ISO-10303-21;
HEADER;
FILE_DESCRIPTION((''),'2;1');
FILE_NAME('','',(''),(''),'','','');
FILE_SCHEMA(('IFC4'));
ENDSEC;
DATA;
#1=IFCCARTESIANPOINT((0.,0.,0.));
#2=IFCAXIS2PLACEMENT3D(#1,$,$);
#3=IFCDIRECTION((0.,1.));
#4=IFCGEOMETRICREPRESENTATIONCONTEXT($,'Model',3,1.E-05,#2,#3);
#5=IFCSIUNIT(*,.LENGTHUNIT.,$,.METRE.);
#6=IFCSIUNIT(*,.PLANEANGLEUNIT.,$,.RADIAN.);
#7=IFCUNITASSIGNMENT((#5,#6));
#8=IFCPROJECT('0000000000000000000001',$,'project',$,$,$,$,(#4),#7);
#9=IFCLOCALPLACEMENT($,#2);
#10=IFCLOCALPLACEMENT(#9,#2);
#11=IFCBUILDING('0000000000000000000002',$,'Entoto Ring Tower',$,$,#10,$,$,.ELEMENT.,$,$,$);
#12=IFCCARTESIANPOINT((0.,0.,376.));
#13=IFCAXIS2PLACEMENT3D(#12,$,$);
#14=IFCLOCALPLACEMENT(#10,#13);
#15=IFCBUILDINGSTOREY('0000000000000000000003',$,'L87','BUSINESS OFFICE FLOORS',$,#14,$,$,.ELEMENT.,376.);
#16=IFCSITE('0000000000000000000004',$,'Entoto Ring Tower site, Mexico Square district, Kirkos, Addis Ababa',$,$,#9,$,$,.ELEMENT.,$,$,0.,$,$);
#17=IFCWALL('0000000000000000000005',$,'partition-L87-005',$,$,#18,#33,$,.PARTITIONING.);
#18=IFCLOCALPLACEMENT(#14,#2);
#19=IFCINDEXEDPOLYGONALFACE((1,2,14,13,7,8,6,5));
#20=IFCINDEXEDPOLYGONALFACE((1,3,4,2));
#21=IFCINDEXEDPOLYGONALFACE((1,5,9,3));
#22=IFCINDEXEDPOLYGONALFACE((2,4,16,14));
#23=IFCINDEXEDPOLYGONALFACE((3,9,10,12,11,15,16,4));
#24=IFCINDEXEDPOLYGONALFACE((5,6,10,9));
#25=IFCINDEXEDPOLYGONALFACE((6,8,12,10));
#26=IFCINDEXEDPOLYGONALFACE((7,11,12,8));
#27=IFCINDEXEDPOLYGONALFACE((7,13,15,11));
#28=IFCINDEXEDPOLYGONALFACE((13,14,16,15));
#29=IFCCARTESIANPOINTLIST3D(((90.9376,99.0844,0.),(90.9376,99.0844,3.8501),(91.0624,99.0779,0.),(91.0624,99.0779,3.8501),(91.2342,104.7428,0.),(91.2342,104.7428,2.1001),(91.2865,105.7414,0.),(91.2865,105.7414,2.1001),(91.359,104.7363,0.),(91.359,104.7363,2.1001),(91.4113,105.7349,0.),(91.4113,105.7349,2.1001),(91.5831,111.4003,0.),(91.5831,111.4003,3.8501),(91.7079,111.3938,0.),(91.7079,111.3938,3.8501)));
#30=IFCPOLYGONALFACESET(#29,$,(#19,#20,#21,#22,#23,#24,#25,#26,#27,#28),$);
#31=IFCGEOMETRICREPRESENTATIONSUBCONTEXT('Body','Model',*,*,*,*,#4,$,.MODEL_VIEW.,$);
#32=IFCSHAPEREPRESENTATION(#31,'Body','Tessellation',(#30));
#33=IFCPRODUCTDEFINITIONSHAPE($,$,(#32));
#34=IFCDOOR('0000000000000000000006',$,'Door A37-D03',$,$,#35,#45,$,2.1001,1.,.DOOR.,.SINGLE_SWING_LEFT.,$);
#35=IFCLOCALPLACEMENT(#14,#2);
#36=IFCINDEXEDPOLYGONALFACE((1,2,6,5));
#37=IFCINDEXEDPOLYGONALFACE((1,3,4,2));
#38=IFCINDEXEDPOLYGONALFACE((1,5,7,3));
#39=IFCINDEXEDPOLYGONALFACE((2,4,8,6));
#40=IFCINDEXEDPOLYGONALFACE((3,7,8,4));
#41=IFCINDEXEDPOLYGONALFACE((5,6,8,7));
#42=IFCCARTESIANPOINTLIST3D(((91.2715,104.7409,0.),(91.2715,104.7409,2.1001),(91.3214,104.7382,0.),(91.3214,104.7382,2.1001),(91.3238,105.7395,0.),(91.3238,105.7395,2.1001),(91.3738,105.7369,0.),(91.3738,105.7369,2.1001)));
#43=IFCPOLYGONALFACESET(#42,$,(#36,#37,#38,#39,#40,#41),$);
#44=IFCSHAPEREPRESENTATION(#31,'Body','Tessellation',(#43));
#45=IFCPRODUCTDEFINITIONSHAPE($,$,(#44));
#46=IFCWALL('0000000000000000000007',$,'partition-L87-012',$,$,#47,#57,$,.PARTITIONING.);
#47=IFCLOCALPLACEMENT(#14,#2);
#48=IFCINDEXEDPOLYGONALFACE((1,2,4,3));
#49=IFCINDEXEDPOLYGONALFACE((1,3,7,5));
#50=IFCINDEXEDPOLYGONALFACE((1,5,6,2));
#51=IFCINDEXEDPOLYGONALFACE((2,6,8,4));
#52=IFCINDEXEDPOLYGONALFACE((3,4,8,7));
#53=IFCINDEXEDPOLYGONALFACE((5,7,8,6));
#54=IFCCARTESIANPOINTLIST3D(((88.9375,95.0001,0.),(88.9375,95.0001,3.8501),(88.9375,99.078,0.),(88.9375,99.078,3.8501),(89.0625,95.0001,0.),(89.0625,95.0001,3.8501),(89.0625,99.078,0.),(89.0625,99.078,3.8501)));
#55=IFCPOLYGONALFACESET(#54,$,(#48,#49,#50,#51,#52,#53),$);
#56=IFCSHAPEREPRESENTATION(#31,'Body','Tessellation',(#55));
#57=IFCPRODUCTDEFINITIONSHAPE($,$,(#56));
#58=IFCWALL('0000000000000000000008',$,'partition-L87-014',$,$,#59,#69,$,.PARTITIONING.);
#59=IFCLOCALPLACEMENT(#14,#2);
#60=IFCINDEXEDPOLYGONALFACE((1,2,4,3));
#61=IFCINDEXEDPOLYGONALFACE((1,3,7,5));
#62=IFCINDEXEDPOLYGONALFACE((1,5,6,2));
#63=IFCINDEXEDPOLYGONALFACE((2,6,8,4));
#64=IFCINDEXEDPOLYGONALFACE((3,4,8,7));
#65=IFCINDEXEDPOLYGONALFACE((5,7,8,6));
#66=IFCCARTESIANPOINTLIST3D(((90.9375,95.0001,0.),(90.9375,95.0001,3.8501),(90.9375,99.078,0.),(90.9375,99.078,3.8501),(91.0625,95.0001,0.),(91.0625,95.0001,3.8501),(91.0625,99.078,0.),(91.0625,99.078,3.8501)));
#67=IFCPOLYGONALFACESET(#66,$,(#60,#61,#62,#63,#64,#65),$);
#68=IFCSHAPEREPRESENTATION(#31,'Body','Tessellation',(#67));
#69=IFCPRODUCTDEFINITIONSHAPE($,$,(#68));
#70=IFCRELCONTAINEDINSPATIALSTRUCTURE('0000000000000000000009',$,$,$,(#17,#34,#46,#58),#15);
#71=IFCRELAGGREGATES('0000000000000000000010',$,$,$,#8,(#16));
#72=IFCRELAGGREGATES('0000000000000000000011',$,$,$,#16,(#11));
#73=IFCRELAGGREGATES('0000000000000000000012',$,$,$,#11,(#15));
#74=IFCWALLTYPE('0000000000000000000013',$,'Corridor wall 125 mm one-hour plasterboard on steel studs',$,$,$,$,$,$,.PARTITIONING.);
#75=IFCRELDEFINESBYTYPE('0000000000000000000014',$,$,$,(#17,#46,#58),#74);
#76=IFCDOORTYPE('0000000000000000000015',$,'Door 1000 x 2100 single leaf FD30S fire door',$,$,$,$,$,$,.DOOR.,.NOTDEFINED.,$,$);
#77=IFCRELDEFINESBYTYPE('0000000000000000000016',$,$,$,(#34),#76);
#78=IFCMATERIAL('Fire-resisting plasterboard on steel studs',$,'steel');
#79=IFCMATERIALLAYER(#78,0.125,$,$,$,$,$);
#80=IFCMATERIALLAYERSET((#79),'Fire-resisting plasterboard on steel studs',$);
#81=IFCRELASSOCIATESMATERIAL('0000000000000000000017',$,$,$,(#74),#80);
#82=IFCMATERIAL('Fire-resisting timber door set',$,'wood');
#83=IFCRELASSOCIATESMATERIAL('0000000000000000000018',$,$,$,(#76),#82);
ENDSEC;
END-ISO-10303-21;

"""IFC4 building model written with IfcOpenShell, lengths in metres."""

from ifc_helpers import new_model, si_unit, direction, frame, frame_2d, origin, place, context, subcontext, project, spatial, rectangle, extrude, material, layer, layer_set, type_object, element, fill, save


model = new_model("IFC4")

# Units and contexts
model_context = context("Model", 3, precision=1e-05, world=origin(), true_north=direction((0.0, 1.0)))
body_context = subcontext(model_context, "Body", "Model", "MODEL_VIEW")
ifc_project = project(units=[si_unit("LENGTHUNIT", "METRE"), si_unit("PLANEANGLEUNIT", "RADIAN")], contexts=[model_context])

# Site, building, storey
site_placement = place(None, origin())
site = spatial("IfcSite", under=ifc_project, at=site_placement, Name="Entoto Ring Tower site, Mexico Square district, Kirkos, Addis Ababa", CompositionType="ELEMENT", RefElevation=0.0)
building_placement = place(site_placement, origin())
building = spatial("IfcBuilding", under=site, at=building_placement, Name="Entoto Ring Tower", CompositionType="ELEMENT")
storey_placement = place(building_placement, frame((0.0, 0.0, 376.0)))
storey = spatial("IfcBuildingStorey", under=building, at=storey_placement, Name="L87", Description="BUSINESS OFFICE FLOORS", CompositionType="ELEMENT", Elevation=376.0)

# Wall, opening, door
ifc_material_1 = material(Name="Fire-resisting plasterboard on steel studs", Category="steel")
ifc_layer_1 = layer(ifc_material_1, 0.125)
ifc_layer_set_1 = layer_set([ifc_layer_1], Name="Fire-resisting plasterboard on steel studs")
wall_type_1 = type_object("IfcWallType", Name="Corridor wall 125 mm one-hour plasterboard on steel studs", PredefinedType="PARTITIONING", material=ifc_layer_set_1)
wall_1_placement = place(storey_placement, frame((91.0, 99.0811, 0.0), z_axis=(0.0, 0.0, 1.0), x_axis=(0.052341, 0.998629, 0.0)))
wall_1 = element("IfcWall", 1, at=wall_1_placement, inside=storey, type_object=wall_type_1, Name="partition-L87-005", PredefinedType="PARTITIONING", context=body_context, shape_type="SweptSolid", body=[
    extrude(rectangle(XDim=12.3328, YDim=0.125, at=frame_2d((6.1665, 0.0))), origin(), (0.0, 0.0, 1.0), 3.8501),
])
opening_1_placement = place(wall_1_placement, frame((5.6663, 0.0, 0.0)))
opening_1 = element("IfcOpeningElement", 2, at=opening_1_placement, cuts=wall_1, PredefinedType="OPENING", context=body_context, shape_type="SweptSolid", body=[
    extrude(rectangle(XDim=1.0, YDim=2.1001, at=frame_2d((0.5, 1.05))), frame((0.0, 0.0725, 0.0), z_axis=(0.0, -1.0, 0.0), x_axis=(1.0, 0.0, 0.0)), (0.0, 0.0, 1.0), 0.145),
])
ifc_material_2 = material(Name="Fire-resisting timber door set", Category="wood")
door_type_1 = type_object("IfcDoorType", Name="Door 1000 x 2100 single leaf FD30S fire door", OperationType="NOTDEFINED", PredefinedType="DOOR", material=ifc_material_2)
door_1_placement = place(opening_1_placement, frame((1.0, 0.0, 0.0), z_axis=(0.0, 0.0, 1.0), x_axis=(-1.0, 0.0, 0.0)))
door_1 = element("IfcDoor", 3, at=door_1_placement, inside=storey, type_object=door_type_1, Name="Door A37-D03", OperationType="SINGLE_SWING_LEFT", OverallHeight=2.1001, OverallWidth=1.0, PredefinedType="DOOR", context=body_context, shape_type="SweptSolid", body=[
    extrude(rectangle(XDim=1.0, YDim=2.1001, at=frame_2d((0.5, 1.05))), frame((0.0, 0.0249, 0.0), z_axis=(0.0, -1.0, 0.0), x_axis=(1.0, 0.0, 0.0)), (0.0, 0.0, 1.0), 0.05),
])
fill(opening_1, door_1)

# Walls
for number, where, z_axis, x_axis, name in (
    (4, (89.0, 95.0, 0.0), (0.0, 0.0, 1.0), (0.0, 1.0, 0.0), "partition-L87-012"),
    (5, (91.0, 95.0, 0.0), (0.0, 0.0, 1.0), (0.0, 1.0, 0.0), "partition-L87-014"),
):
    element("IfcWall", number, at=place(storey_placement, frame(where, z_axis=z_axis, x_axis=x_axis)), inside=storey, type_object=wall_type_1, Name=name, PredefinedType="PARTITIONING", context=body_context, shape_type="SweptSolid", body=[
        extrude(rectangle(XDim=4.0779, YDim=0.125, at=frame_2d((2.0391, 0.0))), origin(), (0.0, 0.0, 1.0), 3.8501),
    ])

save(model, "model.ifc")
